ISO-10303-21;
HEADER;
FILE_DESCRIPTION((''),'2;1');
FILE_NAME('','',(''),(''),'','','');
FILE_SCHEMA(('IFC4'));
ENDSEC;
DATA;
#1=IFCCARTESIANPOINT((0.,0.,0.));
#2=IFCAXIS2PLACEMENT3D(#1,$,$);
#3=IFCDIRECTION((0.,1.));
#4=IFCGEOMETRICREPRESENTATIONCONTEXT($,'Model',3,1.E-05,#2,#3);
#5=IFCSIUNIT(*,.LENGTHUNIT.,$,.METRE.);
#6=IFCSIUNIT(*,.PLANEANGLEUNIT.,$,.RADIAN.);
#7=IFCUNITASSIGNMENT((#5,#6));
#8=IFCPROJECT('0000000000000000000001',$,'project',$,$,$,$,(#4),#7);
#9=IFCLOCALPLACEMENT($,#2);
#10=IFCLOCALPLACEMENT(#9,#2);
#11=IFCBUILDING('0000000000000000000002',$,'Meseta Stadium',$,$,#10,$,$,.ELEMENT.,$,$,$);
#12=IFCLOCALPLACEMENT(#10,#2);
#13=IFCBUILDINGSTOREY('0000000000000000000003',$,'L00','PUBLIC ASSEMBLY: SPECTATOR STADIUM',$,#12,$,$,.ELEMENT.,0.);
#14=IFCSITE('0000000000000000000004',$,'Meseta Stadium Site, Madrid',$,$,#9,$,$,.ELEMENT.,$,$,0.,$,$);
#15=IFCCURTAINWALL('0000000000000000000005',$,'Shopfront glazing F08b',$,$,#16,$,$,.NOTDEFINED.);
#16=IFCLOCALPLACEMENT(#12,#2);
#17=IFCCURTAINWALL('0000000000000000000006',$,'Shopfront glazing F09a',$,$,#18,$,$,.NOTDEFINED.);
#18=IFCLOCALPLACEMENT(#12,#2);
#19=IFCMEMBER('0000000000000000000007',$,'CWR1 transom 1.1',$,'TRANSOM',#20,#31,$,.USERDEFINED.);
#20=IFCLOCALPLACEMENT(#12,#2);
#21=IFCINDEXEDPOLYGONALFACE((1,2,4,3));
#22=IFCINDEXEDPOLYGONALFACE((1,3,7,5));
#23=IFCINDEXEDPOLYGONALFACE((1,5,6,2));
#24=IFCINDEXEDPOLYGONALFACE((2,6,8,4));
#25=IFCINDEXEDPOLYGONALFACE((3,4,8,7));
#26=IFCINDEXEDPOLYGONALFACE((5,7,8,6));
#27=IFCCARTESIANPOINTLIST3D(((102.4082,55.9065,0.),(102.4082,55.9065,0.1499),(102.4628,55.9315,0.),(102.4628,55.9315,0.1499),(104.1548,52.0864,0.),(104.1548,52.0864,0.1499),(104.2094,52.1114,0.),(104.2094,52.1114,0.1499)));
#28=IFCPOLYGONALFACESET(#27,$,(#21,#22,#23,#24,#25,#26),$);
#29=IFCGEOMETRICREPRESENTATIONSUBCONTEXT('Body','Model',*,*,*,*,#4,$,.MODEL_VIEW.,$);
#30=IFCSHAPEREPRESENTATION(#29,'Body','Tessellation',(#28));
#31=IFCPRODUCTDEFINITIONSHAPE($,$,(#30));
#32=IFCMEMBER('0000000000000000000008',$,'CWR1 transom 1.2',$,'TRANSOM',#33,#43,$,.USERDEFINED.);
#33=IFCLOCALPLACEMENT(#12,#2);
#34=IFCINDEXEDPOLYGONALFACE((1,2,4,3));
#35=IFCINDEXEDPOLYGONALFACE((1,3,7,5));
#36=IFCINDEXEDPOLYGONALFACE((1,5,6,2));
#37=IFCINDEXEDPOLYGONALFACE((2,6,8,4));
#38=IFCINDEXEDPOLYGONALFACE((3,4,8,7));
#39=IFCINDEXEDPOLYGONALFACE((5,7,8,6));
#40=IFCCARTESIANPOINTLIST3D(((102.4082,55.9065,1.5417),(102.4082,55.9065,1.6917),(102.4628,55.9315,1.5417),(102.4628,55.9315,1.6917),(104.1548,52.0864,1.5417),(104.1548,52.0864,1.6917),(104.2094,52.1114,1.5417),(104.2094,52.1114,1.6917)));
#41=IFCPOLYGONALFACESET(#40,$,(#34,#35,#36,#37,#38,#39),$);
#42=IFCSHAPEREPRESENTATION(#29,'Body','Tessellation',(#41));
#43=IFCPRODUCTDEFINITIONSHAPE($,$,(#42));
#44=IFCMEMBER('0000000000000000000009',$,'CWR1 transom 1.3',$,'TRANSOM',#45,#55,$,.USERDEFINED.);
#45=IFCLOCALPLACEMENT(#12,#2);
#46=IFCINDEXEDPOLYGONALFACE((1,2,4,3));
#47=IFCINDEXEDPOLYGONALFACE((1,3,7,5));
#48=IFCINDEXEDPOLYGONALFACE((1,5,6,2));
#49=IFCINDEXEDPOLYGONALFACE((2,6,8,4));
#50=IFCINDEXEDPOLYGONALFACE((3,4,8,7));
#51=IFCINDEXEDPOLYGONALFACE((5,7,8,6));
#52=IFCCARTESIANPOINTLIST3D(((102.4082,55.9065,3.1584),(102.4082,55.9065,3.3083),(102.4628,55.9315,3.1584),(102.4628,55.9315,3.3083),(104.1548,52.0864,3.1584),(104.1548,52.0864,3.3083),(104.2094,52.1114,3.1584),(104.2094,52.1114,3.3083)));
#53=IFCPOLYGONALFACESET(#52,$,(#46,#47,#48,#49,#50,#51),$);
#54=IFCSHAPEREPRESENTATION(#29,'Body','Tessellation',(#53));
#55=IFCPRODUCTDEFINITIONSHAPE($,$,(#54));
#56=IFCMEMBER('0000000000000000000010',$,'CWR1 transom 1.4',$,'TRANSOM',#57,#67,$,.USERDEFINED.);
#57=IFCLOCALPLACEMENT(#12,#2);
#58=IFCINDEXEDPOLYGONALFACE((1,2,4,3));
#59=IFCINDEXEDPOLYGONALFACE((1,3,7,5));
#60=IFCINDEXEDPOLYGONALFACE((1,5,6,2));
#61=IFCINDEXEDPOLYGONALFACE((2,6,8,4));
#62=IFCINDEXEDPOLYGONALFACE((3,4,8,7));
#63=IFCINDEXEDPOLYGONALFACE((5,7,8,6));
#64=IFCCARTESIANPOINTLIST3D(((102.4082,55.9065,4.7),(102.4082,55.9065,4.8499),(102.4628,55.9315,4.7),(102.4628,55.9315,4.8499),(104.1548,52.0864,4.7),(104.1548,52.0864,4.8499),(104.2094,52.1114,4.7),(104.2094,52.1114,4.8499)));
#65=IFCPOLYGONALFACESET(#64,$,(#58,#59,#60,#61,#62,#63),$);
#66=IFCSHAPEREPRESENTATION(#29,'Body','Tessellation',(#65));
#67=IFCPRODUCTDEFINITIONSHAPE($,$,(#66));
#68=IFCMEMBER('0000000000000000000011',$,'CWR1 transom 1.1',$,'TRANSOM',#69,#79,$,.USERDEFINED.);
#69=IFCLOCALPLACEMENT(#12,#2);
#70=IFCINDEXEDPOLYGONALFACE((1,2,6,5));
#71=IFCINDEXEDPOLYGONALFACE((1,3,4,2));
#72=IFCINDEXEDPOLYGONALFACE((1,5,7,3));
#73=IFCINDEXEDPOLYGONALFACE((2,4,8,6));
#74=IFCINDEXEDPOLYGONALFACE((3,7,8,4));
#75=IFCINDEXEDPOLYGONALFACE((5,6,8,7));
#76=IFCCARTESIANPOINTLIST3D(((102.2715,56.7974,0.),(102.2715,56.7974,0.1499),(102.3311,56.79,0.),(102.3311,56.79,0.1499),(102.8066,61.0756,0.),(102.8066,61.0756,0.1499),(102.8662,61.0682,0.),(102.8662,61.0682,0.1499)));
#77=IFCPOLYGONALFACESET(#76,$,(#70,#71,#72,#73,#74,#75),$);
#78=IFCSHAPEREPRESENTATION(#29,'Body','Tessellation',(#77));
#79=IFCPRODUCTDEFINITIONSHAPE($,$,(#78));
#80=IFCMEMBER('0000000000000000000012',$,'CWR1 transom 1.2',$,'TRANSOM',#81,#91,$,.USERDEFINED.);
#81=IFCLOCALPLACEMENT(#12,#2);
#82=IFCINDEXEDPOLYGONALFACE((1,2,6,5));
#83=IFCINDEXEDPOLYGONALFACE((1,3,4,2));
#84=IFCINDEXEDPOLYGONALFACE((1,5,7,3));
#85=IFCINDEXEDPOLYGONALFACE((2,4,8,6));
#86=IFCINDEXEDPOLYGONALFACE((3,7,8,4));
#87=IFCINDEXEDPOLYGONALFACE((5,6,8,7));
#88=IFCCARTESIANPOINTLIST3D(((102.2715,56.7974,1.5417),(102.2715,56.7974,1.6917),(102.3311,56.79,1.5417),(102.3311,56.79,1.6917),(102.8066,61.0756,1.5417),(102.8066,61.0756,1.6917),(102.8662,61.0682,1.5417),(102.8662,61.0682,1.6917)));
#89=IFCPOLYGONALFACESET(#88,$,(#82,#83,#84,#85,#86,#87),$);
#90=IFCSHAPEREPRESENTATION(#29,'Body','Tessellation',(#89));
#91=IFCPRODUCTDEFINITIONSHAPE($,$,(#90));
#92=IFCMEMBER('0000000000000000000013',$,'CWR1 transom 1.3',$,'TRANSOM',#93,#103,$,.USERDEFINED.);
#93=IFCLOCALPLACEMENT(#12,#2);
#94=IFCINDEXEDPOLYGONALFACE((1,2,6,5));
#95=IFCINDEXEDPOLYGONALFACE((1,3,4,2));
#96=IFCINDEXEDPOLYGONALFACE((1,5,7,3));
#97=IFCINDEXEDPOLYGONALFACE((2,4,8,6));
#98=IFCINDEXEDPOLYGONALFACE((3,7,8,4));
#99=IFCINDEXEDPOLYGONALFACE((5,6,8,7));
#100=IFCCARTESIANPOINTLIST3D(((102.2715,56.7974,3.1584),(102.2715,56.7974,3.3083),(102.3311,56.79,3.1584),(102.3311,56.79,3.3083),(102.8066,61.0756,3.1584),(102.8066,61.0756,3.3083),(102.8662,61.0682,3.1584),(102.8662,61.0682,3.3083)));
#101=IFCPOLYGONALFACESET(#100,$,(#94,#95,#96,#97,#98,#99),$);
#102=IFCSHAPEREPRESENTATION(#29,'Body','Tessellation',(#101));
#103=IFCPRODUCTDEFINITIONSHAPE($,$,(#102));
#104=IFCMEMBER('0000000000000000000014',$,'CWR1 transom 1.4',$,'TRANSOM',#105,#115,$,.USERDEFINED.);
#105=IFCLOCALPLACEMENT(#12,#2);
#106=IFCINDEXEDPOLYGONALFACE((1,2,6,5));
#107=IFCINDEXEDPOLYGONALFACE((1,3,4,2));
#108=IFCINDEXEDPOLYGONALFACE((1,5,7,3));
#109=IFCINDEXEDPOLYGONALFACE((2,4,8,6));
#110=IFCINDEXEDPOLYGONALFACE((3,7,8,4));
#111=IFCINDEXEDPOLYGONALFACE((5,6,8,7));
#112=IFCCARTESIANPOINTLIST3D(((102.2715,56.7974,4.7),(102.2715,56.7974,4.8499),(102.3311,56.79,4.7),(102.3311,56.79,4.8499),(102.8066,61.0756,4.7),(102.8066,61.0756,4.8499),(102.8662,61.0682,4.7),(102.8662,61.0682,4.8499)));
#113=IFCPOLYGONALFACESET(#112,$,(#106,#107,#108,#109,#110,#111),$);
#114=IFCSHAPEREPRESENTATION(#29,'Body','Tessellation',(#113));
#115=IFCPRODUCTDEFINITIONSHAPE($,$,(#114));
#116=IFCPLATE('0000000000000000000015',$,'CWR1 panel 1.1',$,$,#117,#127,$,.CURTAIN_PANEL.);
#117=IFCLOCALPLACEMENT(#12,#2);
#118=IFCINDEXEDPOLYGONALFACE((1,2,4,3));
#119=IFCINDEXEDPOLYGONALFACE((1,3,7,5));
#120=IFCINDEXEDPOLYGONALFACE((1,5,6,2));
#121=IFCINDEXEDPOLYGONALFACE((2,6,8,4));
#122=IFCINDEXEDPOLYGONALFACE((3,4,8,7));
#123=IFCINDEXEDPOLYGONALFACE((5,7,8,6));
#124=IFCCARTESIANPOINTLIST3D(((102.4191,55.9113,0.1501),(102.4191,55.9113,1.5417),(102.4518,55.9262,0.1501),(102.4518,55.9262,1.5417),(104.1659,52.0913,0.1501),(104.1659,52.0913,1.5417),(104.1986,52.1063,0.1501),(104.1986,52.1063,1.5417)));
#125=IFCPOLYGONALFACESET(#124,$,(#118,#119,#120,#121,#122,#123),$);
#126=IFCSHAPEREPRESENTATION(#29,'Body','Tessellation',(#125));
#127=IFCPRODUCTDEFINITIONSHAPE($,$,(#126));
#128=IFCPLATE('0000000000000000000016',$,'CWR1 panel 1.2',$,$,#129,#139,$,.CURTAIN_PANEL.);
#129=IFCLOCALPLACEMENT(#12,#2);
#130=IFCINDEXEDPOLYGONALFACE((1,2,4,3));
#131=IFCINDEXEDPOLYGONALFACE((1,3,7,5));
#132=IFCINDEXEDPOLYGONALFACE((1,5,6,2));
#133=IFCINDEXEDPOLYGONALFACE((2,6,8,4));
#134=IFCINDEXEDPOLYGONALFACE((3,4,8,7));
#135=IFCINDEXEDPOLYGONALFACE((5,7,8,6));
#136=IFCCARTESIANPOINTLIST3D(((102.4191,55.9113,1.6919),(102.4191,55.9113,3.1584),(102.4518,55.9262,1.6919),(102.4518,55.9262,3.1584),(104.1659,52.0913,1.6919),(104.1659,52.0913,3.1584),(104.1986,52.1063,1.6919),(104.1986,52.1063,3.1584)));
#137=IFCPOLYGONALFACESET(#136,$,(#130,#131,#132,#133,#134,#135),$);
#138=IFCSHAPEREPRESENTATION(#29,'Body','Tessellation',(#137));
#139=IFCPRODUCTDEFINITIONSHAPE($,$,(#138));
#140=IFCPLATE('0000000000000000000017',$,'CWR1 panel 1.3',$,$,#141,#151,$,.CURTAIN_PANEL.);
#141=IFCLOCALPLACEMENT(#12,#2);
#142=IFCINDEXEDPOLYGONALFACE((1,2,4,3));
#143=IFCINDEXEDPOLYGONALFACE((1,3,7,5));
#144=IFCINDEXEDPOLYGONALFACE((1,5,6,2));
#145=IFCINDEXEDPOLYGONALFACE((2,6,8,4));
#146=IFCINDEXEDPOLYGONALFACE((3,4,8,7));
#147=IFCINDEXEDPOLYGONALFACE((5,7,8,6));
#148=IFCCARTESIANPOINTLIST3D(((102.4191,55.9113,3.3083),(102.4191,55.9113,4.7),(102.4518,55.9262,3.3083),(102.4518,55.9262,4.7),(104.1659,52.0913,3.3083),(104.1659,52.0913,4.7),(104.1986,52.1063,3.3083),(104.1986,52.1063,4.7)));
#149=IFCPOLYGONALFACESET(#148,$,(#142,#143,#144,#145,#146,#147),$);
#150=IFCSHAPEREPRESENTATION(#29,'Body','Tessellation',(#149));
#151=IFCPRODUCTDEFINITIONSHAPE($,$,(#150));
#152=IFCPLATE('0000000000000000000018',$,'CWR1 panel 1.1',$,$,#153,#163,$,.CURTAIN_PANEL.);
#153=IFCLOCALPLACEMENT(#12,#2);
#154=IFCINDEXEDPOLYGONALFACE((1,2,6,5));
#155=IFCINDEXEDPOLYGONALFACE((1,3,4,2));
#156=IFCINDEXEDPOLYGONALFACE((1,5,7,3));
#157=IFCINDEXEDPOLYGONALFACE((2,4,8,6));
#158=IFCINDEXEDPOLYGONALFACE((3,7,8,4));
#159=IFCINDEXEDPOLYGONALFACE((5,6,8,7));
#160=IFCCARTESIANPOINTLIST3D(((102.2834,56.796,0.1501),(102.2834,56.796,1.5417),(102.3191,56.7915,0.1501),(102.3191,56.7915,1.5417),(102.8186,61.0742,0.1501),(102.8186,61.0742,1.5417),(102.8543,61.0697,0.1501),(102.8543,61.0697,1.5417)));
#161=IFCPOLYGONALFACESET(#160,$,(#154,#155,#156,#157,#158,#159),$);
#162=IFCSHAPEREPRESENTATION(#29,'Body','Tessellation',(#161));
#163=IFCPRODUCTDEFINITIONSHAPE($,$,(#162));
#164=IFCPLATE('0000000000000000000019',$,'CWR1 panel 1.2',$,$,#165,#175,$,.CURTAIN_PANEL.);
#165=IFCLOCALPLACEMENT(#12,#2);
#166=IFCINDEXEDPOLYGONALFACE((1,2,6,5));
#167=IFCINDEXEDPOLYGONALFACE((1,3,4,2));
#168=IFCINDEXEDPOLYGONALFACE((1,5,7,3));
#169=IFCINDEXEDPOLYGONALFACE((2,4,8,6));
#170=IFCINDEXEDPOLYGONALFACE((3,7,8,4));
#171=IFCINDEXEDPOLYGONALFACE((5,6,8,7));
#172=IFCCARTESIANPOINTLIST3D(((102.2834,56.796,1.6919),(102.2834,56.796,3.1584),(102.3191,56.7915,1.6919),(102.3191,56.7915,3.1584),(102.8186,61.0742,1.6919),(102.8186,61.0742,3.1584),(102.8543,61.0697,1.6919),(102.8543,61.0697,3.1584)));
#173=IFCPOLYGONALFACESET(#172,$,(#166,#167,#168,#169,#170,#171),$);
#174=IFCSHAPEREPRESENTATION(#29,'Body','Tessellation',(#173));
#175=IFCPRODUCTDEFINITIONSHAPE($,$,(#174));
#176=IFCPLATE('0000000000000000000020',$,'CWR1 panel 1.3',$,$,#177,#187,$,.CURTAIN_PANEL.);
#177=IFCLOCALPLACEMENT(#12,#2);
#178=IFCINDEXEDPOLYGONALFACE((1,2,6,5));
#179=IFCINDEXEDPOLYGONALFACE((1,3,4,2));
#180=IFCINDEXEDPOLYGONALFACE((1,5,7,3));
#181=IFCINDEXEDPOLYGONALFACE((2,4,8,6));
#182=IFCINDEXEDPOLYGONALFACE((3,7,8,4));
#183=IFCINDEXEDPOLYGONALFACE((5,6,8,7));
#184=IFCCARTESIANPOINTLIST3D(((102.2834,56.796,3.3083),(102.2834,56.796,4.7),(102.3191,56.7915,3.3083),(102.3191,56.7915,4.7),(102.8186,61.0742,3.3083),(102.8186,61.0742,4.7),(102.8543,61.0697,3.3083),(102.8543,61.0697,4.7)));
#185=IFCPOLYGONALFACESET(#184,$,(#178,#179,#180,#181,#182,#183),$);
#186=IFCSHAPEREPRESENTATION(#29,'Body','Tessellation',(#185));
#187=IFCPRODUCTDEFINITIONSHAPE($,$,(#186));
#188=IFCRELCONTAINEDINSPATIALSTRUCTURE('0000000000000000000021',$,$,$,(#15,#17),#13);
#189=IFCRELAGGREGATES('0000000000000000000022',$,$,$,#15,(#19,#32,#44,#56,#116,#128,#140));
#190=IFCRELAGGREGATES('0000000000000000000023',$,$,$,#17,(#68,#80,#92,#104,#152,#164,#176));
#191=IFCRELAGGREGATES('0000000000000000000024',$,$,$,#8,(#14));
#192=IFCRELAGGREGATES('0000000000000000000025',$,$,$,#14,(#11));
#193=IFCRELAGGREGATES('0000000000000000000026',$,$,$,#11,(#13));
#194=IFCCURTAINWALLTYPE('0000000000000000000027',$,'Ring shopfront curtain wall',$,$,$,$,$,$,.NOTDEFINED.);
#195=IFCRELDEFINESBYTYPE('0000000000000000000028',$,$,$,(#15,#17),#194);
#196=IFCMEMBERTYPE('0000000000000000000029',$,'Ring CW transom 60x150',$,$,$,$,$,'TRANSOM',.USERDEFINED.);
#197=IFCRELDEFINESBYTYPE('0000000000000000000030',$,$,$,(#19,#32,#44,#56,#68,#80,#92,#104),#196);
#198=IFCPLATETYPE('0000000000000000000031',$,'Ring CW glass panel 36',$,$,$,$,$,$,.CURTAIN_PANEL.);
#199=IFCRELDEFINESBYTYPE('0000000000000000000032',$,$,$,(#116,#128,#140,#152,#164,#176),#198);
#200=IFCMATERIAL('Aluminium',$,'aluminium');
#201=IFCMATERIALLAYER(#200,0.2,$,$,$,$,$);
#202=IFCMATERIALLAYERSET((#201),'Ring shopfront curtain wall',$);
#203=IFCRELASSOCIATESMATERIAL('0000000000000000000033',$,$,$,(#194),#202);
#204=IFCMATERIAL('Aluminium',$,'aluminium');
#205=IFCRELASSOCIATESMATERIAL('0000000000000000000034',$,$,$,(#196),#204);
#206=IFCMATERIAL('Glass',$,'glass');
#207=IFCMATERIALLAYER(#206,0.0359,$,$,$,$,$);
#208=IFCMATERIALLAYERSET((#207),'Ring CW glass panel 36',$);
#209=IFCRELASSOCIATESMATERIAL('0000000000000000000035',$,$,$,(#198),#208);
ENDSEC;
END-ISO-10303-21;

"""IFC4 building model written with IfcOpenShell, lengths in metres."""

from ifc_helpers import new_model, si_unit, direction, frame, origin, origin_2d, place, context, subcontext, project, spatial, rectangle, extrude, material, layer, layer_set, material_profile, profile_set, type_object, element, aggregate, save


model = new_model("IFC4")

# Units and contexts
model_context = context("Model", 3, precision=1e-05, world=origin(), true_north=direction((0.0, 1.0)))
body_context = subcontext(model_context, "Body", "Model", "MODEL_VIEW")
ifc_project = project(units=[si_unit("LENGTHUNIT", "METRE"), si_unit("PLANEANGLEUNIT", "RADIAN")], contexts=[model_context])

# Site, building, storey
site_placement = place(None, origin())
site = spatial("IfcSite", under=ifc_project, at=site_placement, Name="Meseta Stadium Site, Madrid", CompositionType="ELEMENT", RefElevation=0.0)
building_placement = place(site_placement, origin())
building = spatial("IfcBuilding", under=site, at=building_placement, Name="Meseta Stadium", CompositionType="ELEMENT")
storey_placement = place(building_placement, origin())
storey = spatial("IfcBuildingStorey", under=building, at=storey_placement, Name="L00", Description="PUBLIC ASSEMBLY: SPECTATOR STADIUM", CompositionType="ELEMENT", Elevation=0.0)

# Shared definitions
ifc_material_1 = material(Name="Aluminium", Category="aluminium")
ifc_layer_1 = layer(ifc_material_1, 0.2)
ifc_layer_set_1 = layer_set([ifc_layer_1], Name="Ring shopfront curtain wall")
curtain_wall_type = type_object("IfcCurtainWallType", Name="Ring shopfront curtain wall", PredefinedType="NOTDEFINED", material=ifc_layer_set_1)

# Curtain walls
curtain_wall_1_placement = place(storey_placement, origin())
curtain_wall_1 = element("IfcCurtainWall", 1, at=curtain_wall_1_placement, inside=storey, type_object=curtain_wall_type, Name="Shopfront glazing F08b", PredefinedType="NOTDEFINED")
curtain_wall_2_placement = place(storey_placement, origin())
curtain_wall_2 = element("IfcCurtainWall", 2, at=curtain_wall_2_placement, inside=storey, type_object=curtain_wall_type, Name="Shopfront glazing F09a", PredefinedType="NOTDEFINED")

# Members
ifc_material_2 = material(Name="Aluminium", Category="aluminium")
ifc_material_profile_1 = material_profile(ifc_material_2, rectangle(XDim=0.0601, YDim=0.1499, at=origin_2d()), Name="CW 60x150")
ifc_profile_set_1 = profile_set([ifc_material_profile_1], Name="Aluminium")
member_type_1 = type_object("IfcMemberType", Name="Ring CW transom 60x150", ElementType="TRANSOM", PredefinedType="USERDEFINED", material=ifc_profile_set_1)
member_1_placement = place(storey_placement, frame((104.1821, 52.0989, 0.075), z_axis=(-0.415812, 0.909451, 0.0), x_axis=(-0.909451, -0.415812, 0.0)))
member_1 = element("IfcMember", 3, at=member_1_placement, type_object=member_type_1, Name="CWR1 transom 1.1", ObjectType="TRANSOM", PredefinedType="USERDEFINED", context=body_context, shape_type="SweptSolid", body=[
    extrude(rectangle(XDim=0.0601, YDim=0.1499, at=origin_2d()), origin(), (0.0, 0.0, 1.0), 4.2004),
])
member_2_placement = place(storey_placement, frame((104.1821, 52.0989, 1.6167), z_axis=(-0.415812, 0.909451, 0.0), x_axis=(-0.909451, -0.415812, 0.0)))
member_2 = element("IfcMember", 4, at=member_2_placement, type_object=member_type_1, Name="CWR1 transom 1.2", ObjectType="TRANSOM", PredefinedType="USERDEFINED", context=body_context, shape_type="SweptSolid", body=[
    extrude(rectangle(XDim=0.0601, YDim=0.1499, at=origin_2d()), origin(), (0.0, 0.0, 1.0), 4.2004),
])
member_3_placement = place(storey_placement, frame((104.1821, 52.0989, 3.2334), z_axis=(-0.415812, 0.909451, 0.0), x_axis=(-0.909451, -0.415812, 0.0)))
member_3 = element("IfcMember", 5, at=member_3_placement, type_object=member_type_1, Name="CWR1 transom 1.3", ObjectType="TRANSOM", PredefinedType="USERDEFINED", context=body_context, shape_type="SweptSolid", body=[
    extrude(rectangle(XDim=0.0601, YDim=0.1499, at=origin_2d()), origin(), (0.0, 0.0, 1.0), 4.2004),
])
member_4_placement = place(storey_placement, frame((104.1821, 52.0989, 4.7749), z_axis=(-0.415812, 0.909451, 0.0), x_axis=(-0.909451, -0.415812, 0.0)))
member_4 = element("IfcMember", 6, at=member_4_placement, type_object=member_type_1, Name="CWR1 transom 1.4", ObjectType="TRANSOM", PredefinedType="USERDEFINED", context=body_context, shape_type="SweptSolid", body=[
    extrude(rectangle(XDim=0.0601, YDim=0.1499, at=origin_2d()), origin(), (0.0, 0.0, 1.0), 4.2004),
])
member_5_placement = place(storey_placement, frame((102.3013, 56.7937, 0.075), z_axis=(0.124125, 0.992267, 0.0), x_axis=(-0.992267, 0.124125, 0.0)))
member_5 = element("IfcMember", 7, at=member_5_placement, type_object=member_type_1, Name="CWR1 transom 1.1", ObjectType="TRANSOM", PredefinedType="USERDEFINED", context=body_context, shape_type="SweptSolid", body=[
    extrude(rectangle(XDim=0.0601, YDim=0.1499, at=origin_2d()), origin(), (0.0, 0.0, 1.0), 4.3115),
])
member_6_placement = place(storey_placement, frame((102.3013, 56.7937, 1.6167), z_axis=(0.124125, 0.992267, 0.0), x_axis=(-0.992267, 0.124125, 0.0)))
member_6 = element("IfcMember", 8, at=member_6_placement, type_object=member_type_1, Name="CWR1 transom 1.2", ObjectType="TRANSOM", PredefinedType="USERDEFINED", context=body_context, shape_type="SweptSolid", body=[
    extrude(rectangle(XDim=0.0601, YDim=0.1499, at=origin_2d()), origin(), (0.0, 0.0, 1.0), 4.3115),
])
member_7_placement = place(storey_placement, frame((102.3013, 56.7937, 3.2334), z_axis=(0.124125, 0.992267, 0.0), x_axis=(-0.992267, 0.124125, 0.0)))
member_7 = element("IfcMember", 9, at=member_7_placement, type_object=member_type_1, Name="CWR1 transom 1.3", ObjectType="TRANSOM", PredefinedType="USERDEFINED", context=body_context, shape_type="SweptSolid", body=[
    extrude(rectangle(XDim=0.0601, YDim=0.1499, at=origin_2d()), origin(), (0.0, 0.0, 1.0), 4.3115),
])
member_8_placement = place(storey_placement, frame((102.3013, 56.7937, 4.7749), z_axis=(0.124125, 0.992267, 0.0), x_axis=(-0.992267, 0.124125, 0.0)))
member_8 = element("IfcMember", 10, at=member_8_placement, type_object=member_type_1, Name="CWR1 transom 1.4", ObjectType="TRANSOM", PredefinedType="USERDEFINED", context=body_context, shape_type="SweptSolid", body=[
    extrude(rectangle(XDim=0.0601, YDim=0.1499, at=origin_2d()), origin(), (0.0, 0.0, 1.0), 4.3115),
])

# Plates
ifc_material_3 = material(Name="Glass", Category="glass")
ifc_layer_2 = layer(ifc_material_3, 0.0359)
ifc_layer_set_2 = layer_set([ifc_layer_2], Name="Ring CW glass panel 36")
plate_type = type_object("IfcPlateType", Name="Ring CW glass panel 36", PredefinedType="CURTAIN_PANEL", material=ifc_layer_set_2)
plate_1_placement = place(storey_placement, frame((103.3088, 54.0088, 0.1501), z_axis=(0.0, 0.0, 1.0), x_axis=(-0.415863, 0.909427, 0.0)))
plate_1 = element("IfcPlate", 11, at=plate_1_placement, type_object=plate_type, Name="CWR1 panel 1.1", PredefinedType="CURTAIN_PANEL", context=body_context, shape_type="SweptSolid", body=[
    extrude(rectangle(XDim=4.2004, YDim=0.0359, at=origin_2d()), origin(), (0.0, 0.0, 1.0), 1.3916),
])
plate_2_placement = place(storey_placement, frame((103.3088, 54.0088, 1.6919), z_axis=(0.0, 0.0, 1.0), x_axis=(-0.415863, 0.909427, 0.0)))
plate_2 = element("IfcPlate", 12, at=plate_2_placement, type_object=plate_type, Name="CWR1 panel 1.2", PredefinedType="CURTAIN_PANEL", context=body_context, shape_type="SweptSolid", body=[
    extrude(rectangle(XDim=4.2004, YDim=0.0359, at=origin_2d()), origin(), (0.0, 0.0, 1.0), 1.4666),
])
plate_3_placement = place(storey_placement, frame((103.3088, 54.0088, 3.3083), z_axis=(0.0, 0.0, 1.0), x_axis=(-0.415863, 0.909427, 0.0)))
plate_3 = element("IfcPlate", 13, at=plate_3_placement, type_object=plate_type, Name="CWR1 panel 1.3", PredefinedType="CURTAIN_PANEL", context=body_context, shape_type="SweptSolid", body=[
    extrude(rectangle(XDim=4.2004, YDim=0.0359, at=origin_2d()), origin(), (0.0, 0.0, 1.0), 1.3916),
])
aggregate(curtain_wall_1, [member_1, member_2, member_3, member_4, plate_1, plate_2, plate_3])
plate_4_placement = place(storey_placement, frame((102.5688, 58.9329, 0.1501), z_axis=(0.0, 0.0, 1.0), x_axis=(0.124132, 0.992266, 0.0)))
plate_4 = element("IfcPlate", 14, at=plate_4_placement, type_object=plate_type, Name="CWR1 panel 1.1", PredefinedType="CURTAIN_PANEL", context=body_context, shape_type="SweptSolid", body=[
    extrude(rectangle(XDim=4.3115, YDim=0.0359, at=origin_2d()), origin(), (0.0, 0.0, 1.0), 1.3916),
])
plate_5_placement = place(storey_placement, frame((102.5688, 58.9329, 1.6919), z_axis=(0.0, 0.0, 1.0), x_axis=(0.124132, 0.992266, 0.0)))
plate_5 = element("IfcPlate", 15, at=plate_5_placement, type_object=plate_type, Name="CWR1 panel 1.2", PredefinedType="CURTAIN_PANEL", context=body_context, shape_type="SweptSolid", body=[
    extrude(rectangle(XDim=4.3115, YDim=0.0359, at=origin_2d()), origin(), (0.0, 0.0, 1.0), 1.4666),
])
plate_6_placement = place(storey_placement, frame((102.5688, 58.9329, 3.3083), z_axis=(0.0, 0.0, 1.0), x_axis=(0.124132, 0.992266, 0.0)))
plate_6 = element("IfcPlate", 16, at=plate_6_placement, type_object=plate_type, Name="CWR1 panel 1.3", PredefinedType="CURTAIN_PANEL", context=body_context, shape_type="SweptSolid", body=[
    extrude(rectangle(XDim=4.3115, YDim=0.0359, at=origin_2d()), origin(), (0.0, 0.0, 1.0), 1.3916),
])
aggregate(curtain_wall_2, [member_5, member_6, member_7, member_8, plate_4, plate_5, plate_6])

save(model, "model.ifc")
